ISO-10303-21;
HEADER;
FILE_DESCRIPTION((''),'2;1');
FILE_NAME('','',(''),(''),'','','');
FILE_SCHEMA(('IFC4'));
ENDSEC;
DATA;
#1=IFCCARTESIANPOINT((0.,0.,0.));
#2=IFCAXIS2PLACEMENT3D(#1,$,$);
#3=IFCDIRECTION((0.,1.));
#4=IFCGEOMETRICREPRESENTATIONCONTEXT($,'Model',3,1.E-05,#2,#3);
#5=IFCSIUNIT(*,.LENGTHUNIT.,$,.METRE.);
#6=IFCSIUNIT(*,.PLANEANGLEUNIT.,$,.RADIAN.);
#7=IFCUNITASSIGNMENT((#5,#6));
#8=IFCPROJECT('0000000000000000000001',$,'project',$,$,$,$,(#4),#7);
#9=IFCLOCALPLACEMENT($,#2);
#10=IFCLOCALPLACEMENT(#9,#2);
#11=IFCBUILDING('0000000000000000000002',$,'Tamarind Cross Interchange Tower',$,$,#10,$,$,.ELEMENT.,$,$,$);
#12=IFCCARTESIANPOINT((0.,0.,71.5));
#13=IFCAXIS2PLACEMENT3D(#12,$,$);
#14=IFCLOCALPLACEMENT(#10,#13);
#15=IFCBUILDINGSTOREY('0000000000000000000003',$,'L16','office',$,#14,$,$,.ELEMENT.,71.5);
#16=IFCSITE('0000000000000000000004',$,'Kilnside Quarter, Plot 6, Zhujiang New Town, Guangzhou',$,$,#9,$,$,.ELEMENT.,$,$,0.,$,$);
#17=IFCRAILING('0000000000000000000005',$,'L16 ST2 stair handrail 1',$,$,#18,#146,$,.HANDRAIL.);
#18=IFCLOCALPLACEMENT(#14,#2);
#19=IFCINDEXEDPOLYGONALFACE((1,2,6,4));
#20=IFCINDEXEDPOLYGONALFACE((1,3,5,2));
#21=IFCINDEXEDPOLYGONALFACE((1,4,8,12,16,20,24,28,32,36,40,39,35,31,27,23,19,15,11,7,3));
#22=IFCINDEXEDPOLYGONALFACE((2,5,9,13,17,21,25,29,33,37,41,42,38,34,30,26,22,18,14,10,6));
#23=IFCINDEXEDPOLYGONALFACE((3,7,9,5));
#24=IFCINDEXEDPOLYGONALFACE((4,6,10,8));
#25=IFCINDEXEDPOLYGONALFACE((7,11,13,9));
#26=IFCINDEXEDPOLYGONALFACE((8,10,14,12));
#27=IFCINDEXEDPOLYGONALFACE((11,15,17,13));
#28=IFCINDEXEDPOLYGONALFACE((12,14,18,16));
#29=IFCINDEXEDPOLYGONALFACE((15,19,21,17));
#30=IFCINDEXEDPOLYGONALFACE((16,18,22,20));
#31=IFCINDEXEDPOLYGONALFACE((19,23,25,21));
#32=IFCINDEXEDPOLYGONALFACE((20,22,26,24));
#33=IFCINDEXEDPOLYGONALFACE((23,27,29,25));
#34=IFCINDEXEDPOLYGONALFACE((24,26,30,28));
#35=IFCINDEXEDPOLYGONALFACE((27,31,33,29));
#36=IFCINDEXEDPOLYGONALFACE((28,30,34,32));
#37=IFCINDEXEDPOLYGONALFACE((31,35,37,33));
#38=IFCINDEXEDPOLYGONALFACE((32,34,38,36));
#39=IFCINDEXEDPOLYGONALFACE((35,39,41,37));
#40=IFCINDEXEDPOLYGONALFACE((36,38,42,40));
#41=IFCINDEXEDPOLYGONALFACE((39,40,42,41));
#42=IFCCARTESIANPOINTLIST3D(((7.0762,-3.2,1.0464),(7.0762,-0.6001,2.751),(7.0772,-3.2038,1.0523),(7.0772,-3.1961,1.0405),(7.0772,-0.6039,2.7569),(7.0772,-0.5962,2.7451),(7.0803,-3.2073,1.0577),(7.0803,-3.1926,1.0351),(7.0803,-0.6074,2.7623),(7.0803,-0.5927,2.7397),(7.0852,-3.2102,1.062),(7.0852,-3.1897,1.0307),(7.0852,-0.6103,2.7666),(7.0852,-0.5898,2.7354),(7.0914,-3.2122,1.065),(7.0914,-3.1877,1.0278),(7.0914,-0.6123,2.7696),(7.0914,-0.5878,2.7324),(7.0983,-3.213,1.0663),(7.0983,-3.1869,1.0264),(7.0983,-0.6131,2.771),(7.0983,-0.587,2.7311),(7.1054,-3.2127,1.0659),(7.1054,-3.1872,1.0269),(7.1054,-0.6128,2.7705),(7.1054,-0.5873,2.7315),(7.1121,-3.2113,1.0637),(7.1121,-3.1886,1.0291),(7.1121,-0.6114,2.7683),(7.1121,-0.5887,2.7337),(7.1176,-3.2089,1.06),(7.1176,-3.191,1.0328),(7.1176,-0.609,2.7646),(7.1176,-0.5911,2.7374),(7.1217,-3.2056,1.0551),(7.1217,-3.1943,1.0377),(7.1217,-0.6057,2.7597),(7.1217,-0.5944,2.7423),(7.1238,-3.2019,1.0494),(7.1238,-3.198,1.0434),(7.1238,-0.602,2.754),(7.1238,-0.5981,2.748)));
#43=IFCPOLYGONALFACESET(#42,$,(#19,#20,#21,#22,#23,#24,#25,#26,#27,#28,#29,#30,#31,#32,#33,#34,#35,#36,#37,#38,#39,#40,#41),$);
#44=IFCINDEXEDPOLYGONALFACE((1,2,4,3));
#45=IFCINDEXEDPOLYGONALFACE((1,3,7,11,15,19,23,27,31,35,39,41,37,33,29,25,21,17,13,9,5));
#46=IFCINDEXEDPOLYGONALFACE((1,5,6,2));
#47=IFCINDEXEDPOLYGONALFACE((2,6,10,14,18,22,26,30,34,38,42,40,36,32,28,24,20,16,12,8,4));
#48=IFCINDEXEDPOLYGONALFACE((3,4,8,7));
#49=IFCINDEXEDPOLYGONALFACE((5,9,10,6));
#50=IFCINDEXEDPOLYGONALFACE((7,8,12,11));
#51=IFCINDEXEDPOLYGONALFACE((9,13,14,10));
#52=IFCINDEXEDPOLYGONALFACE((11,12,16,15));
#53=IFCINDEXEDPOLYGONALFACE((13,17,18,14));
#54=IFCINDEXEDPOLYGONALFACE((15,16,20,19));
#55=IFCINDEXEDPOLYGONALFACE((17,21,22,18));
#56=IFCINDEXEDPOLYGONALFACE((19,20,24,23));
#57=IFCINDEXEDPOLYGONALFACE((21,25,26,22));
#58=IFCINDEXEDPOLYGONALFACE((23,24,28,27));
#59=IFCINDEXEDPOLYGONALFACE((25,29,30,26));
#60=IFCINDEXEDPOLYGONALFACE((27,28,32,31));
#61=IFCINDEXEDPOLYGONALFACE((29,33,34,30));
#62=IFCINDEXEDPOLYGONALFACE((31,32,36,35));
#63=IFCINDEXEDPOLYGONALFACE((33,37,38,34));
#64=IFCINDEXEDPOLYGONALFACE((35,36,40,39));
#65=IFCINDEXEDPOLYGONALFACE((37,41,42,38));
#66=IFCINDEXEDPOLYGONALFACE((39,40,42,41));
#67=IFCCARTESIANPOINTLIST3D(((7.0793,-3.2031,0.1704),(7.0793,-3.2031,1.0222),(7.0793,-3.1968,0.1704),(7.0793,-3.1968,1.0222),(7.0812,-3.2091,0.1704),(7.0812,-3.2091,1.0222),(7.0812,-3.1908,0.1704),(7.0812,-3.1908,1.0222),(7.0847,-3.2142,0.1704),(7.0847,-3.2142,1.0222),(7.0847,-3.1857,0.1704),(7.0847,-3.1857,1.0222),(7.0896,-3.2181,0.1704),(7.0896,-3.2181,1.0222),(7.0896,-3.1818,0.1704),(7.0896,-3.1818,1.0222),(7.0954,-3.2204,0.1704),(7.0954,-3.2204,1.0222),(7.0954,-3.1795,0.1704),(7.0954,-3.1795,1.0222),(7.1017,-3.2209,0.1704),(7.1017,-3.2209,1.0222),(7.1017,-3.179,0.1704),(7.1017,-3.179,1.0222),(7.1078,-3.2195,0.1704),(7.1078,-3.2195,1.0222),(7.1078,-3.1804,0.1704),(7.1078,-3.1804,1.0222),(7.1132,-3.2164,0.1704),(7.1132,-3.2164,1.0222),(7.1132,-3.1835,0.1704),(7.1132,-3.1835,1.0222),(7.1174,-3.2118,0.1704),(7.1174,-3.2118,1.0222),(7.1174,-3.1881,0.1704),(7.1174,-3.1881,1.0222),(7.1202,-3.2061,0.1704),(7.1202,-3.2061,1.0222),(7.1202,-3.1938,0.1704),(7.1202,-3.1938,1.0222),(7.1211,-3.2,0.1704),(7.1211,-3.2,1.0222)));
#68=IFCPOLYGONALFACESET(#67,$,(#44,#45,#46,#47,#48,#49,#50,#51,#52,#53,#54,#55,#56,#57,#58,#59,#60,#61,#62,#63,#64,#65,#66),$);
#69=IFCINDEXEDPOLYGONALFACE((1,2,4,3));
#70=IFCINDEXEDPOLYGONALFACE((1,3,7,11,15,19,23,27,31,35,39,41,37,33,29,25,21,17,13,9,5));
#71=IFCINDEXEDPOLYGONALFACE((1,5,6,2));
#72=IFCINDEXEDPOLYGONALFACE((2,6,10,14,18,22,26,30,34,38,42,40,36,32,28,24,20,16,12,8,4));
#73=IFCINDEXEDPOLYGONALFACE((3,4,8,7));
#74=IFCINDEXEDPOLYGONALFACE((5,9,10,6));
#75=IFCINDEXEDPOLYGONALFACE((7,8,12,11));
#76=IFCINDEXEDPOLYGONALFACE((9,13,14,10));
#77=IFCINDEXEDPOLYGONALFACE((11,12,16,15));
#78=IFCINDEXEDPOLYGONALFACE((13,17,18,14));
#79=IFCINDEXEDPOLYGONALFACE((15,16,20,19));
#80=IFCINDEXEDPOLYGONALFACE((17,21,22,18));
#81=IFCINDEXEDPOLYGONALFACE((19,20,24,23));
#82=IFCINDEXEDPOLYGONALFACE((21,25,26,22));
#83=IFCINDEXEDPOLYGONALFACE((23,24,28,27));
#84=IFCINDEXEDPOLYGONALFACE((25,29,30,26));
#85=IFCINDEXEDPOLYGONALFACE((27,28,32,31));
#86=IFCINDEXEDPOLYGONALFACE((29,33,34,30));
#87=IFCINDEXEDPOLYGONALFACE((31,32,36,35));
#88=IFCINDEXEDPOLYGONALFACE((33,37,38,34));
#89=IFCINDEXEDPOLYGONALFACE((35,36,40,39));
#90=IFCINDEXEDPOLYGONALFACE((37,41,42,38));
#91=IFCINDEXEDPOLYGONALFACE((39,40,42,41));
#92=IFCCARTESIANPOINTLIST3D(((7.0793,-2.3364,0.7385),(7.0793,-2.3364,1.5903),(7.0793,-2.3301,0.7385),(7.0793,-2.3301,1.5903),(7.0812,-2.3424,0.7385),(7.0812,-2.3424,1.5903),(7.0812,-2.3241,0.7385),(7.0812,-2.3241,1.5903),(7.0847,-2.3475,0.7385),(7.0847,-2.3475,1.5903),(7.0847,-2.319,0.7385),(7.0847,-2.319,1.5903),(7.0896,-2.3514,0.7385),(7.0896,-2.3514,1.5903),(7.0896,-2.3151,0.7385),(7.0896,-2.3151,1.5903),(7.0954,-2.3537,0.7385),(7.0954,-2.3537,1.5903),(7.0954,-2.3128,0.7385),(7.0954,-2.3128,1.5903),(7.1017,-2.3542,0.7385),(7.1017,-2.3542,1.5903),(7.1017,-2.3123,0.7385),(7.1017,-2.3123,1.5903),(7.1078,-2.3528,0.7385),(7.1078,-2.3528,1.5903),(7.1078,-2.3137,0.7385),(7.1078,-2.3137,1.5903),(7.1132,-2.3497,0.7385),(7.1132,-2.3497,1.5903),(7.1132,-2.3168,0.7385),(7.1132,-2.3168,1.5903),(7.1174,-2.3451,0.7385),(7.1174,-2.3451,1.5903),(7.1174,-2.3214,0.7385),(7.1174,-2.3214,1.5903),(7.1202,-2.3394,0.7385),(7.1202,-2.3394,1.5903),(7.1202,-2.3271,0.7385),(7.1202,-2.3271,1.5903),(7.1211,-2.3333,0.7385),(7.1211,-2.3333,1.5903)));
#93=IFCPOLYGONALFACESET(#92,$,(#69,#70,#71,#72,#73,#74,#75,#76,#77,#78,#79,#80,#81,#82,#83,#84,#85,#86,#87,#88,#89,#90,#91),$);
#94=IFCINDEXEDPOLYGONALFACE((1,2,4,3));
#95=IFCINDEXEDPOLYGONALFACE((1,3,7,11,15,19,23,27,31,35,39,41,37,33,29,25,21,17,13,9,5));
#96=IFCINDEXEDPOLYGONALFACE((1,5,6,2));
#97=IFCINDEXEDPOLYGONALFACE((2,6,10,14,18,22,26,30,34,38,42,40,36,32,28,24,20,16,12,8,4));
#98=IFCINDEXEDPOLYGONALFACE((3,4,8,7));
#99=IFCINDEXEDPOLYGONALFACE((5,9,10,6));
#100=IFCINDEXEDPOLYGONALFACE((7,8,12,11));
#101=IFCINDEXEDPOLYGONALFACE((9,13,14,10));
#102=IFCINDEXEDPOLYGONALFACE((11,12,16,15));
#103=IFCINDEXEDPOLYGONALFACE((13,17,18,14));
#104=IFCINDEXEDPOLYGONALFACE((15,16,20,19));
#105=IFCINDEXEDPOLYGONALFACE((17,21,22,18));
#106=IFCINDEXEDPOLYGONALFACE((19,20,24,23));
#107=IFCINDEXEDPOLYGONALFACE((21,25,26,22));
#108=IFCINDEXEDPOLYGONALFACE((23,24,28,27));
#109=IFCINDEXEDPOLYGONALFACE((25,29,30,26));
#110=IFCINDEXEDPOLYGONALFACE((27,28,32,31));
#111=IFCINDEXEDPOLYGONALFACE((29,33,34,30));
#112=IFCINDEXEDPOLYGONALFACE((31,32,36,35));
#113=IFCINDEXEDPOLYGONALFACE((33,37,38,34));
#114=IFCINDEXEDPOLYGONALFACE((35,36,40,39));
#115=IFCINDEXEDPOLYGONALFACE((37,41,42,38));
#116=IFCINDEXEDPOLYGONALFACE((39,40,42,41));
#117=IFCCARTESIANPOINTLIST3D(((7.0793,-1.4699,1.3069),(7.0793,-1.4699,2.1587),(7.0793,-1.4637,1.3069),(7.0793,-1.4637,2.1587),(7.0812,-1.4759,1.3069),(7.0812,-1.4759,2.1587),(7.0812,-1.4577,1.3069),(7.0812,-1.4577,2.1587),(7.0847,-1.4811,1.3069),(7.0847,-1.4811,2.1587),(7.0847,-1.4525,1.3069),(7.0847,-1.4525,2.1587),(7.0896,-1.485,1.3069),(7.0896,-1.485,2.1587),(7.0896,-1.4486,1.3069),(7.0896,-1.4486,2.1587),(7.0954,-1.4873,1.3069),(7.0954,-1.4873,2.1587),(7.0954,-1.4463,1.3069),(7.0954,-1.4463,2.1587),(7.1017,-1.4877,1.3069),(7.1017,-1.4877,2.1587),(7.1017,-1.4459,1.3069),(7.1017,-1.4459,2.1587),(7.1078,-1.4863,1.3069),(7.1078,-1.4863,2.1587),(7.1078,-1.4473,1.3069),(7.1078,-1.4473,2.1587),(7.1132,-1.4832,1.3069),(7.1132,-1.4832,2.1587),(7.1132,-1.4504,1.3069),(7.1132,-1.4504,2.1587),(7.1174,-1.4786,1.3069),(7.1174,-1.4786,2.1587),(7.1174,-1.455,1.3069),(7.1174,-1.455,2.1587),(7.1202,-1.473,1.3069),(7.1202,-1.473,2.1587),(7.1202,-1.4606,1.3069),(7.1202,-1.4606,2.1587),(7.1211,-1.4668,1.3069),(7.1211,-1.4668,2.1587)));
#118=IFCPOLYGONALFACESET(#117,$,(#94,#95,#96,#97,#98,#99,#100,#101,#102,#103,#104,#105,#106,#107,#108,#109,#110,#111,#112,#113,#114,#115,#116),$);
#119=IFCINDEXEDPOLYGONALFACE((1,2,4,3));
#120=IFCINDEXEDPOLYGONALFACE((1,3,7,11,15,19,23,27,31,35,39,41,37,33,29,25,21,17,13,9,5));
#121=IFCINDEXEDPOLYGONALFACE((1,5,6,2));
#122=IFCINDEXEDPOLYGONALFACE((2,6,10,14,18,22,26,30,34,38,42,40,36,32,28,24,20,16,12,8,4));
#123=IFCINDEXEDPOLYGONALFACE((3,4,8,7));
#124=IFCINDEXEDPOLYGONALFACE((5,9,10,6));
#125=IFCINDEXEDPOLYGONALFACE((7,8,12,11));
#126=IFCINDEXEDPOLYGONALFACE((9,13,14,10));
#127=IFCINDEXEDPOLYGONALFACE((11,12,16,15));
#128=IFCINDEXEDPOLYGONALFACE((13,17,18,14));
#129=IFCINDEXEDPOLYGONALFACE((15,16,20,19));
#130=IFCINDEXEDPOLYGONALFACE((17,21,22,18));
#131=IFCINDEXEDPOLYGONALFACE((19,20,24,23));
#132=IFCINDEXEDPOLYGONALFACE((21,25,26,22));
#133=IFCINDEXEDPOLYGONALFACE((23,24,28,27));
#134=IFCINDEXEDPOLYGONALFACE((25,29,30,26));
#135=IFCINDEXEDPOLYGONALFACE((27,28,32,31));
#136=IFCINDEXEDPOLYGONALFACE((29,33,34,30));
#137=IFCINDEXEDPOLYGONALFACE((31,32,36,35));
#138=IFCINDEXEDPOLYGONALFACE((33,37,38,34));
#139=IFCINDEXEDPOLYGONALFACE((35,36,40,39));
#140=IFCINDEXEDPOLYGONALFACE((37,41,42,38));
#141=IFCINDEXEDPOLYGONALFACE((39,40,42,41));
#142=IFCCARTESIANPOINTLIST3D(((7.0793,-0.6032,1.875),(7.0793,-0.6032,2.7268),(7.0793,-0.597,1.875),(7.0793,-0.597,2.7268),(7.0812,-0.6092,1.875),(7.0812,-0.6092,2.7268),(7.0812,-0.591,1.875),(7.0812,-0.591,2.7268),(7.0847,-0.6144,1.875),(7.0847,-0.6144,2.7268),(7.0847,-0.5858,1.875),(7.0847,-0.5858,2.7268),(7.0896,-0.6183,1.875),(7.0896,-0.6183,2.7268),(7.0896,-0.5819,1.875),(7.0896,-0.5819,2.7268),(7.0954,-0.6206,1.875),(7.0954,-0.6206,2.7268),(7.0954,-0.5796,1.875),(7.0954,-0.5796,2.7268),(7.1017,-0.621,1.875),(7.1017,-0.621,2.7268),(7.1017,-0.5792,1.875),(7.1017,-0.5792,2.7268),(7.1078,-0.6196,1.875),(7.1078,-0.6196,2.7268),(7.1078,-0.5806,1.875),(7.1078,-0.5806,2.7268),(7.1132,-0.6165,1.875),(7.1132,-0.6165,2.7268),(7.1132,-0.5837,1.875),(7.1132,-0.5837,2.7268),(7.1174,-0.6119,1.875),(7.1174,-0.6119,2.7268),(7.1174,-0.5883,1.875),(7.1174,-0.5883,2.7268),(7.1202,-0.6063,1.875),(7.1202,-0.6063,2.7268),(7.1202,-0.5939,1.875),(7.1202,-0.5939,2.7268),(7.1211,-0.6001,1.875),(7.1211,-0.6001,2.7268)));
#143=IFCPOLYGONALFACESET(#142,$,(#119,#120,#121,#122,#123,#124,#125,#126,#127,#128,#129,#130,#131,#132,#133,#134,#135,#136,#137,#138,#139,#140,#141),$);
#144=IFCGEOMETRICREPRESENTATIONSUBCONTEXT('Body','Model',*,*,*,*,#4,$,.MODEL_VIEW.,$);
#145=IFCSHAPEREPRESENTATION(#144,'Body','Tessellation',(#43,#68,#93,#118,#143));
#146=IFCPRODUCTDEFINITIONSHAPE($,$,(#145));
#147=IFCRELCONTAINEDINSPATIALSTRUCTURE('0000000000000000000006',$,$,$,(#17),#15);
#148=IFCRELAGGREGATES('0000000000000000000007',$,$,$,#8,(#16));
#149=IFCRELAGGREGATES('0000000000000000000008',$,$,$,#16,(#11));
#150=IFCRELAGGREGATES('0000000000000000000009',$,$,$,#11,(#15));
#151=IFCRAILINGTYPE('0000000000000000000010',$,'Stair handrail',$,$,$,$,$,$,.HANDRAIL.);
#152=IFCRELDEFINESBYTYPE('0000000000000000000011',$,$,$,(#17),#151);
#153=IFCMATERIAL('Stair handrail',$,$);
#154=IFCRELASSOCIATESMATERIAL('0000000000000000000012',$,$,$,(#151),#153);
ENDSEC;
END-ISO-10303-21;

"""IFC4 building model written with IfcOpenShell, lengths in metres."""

from ifc_helpers import new_model, si_unit, direction, frame, origin, origin_2d, place, context, subcontext, project, spatial, circle, extrude, material, type_object, element, save


model = new_model("IFC4")

# Units and contexts
model_context = context("Model", 3, precision=1e-05, world=origin(), true_north=direction((0.0, 1.0)))
body_context = subcontext(model_context, "Body", "Model", "MODEL_VIEW")
ifc_project = project(units=[si_unit("LENGTHUNIT", "METRE"), si_unit("PLANEANGLEUNIT", "RADIAN")], contexts=[model_context])

# Site, building, storey
site_placement = place(None, origin())
site = spatial("IfcSite", under=ifc_project, at=site_placement, Name="Kilnside Quarter, Plot 6, Zhujiang New Town, Guangzhou", CompositionType="ELEMENT", RefElevation=0.0)
building_placement = place(site_placement, origin())
building = spatial("IfcBuilding", under=site, at=building_placement, Name="Tamarind Cross Interchange Tower", CompositionType="ELEMENT")
storey_placement = place(building_placement, frame((0.0, 0.0, 71.5)))
storey = spatial("IfcBuildingStorey", under=building, at=storey_placement, Name="L16", Description="office", CompositionType="ELEMENT", Elevation=71.5)

# Railing
ifc_material_1 = material(Name="Stair handrail")
railing_type_1 = type_object("IfcRailingType", Name="Stair handrail", PredefinedType="HANDRAIL", material=ifc_material_1)
railing_1_placement = place(storey_placement, frame((7.1001, -3.2, 0.1704)))
element("IfcRailing", 1, at=railing_1_placement, inside=storey, type_object=railing_type_1, Name="L16 ST2 stair handrail 1", PredefinedType="HANDRAIL", context=body_context, shape_type="SweptSolid", body=[
    extrude(circle(Radius=0.0239, at=origin_2d()), frame((0.0, 0.0, 0.876), z_axis=(0.0, 0.836279, 0.548305), x_axis=(-1.0, 0.0, 0.0)), (0.0, 0.0, 1.0), 3.1089),
    extrude(circle(Radius=0.021, at=origin_2d()), origin(), (0.0, 0.0, 1.0), 0.8518),
    extrude(circle(Radius=0.021, at=origin_2d()), frame((0.0, 0.8667, 0.5681)), (0.0, 0.0, 1.0), 0.8518),
    extrude(circle(Radius=0.021, at=origin_2d()), frame((0.0, 1.7332, 1.1365)), (0.0, 0.0, 1.0), 0.8518),
    extrude(circle(Radius=0.021, at=origin_2d()), frame((0.0, 2.5999, 1.7046)), (0.0, 0.0, 1.0), 0.8518),
])

save(model, "model.ifc")
